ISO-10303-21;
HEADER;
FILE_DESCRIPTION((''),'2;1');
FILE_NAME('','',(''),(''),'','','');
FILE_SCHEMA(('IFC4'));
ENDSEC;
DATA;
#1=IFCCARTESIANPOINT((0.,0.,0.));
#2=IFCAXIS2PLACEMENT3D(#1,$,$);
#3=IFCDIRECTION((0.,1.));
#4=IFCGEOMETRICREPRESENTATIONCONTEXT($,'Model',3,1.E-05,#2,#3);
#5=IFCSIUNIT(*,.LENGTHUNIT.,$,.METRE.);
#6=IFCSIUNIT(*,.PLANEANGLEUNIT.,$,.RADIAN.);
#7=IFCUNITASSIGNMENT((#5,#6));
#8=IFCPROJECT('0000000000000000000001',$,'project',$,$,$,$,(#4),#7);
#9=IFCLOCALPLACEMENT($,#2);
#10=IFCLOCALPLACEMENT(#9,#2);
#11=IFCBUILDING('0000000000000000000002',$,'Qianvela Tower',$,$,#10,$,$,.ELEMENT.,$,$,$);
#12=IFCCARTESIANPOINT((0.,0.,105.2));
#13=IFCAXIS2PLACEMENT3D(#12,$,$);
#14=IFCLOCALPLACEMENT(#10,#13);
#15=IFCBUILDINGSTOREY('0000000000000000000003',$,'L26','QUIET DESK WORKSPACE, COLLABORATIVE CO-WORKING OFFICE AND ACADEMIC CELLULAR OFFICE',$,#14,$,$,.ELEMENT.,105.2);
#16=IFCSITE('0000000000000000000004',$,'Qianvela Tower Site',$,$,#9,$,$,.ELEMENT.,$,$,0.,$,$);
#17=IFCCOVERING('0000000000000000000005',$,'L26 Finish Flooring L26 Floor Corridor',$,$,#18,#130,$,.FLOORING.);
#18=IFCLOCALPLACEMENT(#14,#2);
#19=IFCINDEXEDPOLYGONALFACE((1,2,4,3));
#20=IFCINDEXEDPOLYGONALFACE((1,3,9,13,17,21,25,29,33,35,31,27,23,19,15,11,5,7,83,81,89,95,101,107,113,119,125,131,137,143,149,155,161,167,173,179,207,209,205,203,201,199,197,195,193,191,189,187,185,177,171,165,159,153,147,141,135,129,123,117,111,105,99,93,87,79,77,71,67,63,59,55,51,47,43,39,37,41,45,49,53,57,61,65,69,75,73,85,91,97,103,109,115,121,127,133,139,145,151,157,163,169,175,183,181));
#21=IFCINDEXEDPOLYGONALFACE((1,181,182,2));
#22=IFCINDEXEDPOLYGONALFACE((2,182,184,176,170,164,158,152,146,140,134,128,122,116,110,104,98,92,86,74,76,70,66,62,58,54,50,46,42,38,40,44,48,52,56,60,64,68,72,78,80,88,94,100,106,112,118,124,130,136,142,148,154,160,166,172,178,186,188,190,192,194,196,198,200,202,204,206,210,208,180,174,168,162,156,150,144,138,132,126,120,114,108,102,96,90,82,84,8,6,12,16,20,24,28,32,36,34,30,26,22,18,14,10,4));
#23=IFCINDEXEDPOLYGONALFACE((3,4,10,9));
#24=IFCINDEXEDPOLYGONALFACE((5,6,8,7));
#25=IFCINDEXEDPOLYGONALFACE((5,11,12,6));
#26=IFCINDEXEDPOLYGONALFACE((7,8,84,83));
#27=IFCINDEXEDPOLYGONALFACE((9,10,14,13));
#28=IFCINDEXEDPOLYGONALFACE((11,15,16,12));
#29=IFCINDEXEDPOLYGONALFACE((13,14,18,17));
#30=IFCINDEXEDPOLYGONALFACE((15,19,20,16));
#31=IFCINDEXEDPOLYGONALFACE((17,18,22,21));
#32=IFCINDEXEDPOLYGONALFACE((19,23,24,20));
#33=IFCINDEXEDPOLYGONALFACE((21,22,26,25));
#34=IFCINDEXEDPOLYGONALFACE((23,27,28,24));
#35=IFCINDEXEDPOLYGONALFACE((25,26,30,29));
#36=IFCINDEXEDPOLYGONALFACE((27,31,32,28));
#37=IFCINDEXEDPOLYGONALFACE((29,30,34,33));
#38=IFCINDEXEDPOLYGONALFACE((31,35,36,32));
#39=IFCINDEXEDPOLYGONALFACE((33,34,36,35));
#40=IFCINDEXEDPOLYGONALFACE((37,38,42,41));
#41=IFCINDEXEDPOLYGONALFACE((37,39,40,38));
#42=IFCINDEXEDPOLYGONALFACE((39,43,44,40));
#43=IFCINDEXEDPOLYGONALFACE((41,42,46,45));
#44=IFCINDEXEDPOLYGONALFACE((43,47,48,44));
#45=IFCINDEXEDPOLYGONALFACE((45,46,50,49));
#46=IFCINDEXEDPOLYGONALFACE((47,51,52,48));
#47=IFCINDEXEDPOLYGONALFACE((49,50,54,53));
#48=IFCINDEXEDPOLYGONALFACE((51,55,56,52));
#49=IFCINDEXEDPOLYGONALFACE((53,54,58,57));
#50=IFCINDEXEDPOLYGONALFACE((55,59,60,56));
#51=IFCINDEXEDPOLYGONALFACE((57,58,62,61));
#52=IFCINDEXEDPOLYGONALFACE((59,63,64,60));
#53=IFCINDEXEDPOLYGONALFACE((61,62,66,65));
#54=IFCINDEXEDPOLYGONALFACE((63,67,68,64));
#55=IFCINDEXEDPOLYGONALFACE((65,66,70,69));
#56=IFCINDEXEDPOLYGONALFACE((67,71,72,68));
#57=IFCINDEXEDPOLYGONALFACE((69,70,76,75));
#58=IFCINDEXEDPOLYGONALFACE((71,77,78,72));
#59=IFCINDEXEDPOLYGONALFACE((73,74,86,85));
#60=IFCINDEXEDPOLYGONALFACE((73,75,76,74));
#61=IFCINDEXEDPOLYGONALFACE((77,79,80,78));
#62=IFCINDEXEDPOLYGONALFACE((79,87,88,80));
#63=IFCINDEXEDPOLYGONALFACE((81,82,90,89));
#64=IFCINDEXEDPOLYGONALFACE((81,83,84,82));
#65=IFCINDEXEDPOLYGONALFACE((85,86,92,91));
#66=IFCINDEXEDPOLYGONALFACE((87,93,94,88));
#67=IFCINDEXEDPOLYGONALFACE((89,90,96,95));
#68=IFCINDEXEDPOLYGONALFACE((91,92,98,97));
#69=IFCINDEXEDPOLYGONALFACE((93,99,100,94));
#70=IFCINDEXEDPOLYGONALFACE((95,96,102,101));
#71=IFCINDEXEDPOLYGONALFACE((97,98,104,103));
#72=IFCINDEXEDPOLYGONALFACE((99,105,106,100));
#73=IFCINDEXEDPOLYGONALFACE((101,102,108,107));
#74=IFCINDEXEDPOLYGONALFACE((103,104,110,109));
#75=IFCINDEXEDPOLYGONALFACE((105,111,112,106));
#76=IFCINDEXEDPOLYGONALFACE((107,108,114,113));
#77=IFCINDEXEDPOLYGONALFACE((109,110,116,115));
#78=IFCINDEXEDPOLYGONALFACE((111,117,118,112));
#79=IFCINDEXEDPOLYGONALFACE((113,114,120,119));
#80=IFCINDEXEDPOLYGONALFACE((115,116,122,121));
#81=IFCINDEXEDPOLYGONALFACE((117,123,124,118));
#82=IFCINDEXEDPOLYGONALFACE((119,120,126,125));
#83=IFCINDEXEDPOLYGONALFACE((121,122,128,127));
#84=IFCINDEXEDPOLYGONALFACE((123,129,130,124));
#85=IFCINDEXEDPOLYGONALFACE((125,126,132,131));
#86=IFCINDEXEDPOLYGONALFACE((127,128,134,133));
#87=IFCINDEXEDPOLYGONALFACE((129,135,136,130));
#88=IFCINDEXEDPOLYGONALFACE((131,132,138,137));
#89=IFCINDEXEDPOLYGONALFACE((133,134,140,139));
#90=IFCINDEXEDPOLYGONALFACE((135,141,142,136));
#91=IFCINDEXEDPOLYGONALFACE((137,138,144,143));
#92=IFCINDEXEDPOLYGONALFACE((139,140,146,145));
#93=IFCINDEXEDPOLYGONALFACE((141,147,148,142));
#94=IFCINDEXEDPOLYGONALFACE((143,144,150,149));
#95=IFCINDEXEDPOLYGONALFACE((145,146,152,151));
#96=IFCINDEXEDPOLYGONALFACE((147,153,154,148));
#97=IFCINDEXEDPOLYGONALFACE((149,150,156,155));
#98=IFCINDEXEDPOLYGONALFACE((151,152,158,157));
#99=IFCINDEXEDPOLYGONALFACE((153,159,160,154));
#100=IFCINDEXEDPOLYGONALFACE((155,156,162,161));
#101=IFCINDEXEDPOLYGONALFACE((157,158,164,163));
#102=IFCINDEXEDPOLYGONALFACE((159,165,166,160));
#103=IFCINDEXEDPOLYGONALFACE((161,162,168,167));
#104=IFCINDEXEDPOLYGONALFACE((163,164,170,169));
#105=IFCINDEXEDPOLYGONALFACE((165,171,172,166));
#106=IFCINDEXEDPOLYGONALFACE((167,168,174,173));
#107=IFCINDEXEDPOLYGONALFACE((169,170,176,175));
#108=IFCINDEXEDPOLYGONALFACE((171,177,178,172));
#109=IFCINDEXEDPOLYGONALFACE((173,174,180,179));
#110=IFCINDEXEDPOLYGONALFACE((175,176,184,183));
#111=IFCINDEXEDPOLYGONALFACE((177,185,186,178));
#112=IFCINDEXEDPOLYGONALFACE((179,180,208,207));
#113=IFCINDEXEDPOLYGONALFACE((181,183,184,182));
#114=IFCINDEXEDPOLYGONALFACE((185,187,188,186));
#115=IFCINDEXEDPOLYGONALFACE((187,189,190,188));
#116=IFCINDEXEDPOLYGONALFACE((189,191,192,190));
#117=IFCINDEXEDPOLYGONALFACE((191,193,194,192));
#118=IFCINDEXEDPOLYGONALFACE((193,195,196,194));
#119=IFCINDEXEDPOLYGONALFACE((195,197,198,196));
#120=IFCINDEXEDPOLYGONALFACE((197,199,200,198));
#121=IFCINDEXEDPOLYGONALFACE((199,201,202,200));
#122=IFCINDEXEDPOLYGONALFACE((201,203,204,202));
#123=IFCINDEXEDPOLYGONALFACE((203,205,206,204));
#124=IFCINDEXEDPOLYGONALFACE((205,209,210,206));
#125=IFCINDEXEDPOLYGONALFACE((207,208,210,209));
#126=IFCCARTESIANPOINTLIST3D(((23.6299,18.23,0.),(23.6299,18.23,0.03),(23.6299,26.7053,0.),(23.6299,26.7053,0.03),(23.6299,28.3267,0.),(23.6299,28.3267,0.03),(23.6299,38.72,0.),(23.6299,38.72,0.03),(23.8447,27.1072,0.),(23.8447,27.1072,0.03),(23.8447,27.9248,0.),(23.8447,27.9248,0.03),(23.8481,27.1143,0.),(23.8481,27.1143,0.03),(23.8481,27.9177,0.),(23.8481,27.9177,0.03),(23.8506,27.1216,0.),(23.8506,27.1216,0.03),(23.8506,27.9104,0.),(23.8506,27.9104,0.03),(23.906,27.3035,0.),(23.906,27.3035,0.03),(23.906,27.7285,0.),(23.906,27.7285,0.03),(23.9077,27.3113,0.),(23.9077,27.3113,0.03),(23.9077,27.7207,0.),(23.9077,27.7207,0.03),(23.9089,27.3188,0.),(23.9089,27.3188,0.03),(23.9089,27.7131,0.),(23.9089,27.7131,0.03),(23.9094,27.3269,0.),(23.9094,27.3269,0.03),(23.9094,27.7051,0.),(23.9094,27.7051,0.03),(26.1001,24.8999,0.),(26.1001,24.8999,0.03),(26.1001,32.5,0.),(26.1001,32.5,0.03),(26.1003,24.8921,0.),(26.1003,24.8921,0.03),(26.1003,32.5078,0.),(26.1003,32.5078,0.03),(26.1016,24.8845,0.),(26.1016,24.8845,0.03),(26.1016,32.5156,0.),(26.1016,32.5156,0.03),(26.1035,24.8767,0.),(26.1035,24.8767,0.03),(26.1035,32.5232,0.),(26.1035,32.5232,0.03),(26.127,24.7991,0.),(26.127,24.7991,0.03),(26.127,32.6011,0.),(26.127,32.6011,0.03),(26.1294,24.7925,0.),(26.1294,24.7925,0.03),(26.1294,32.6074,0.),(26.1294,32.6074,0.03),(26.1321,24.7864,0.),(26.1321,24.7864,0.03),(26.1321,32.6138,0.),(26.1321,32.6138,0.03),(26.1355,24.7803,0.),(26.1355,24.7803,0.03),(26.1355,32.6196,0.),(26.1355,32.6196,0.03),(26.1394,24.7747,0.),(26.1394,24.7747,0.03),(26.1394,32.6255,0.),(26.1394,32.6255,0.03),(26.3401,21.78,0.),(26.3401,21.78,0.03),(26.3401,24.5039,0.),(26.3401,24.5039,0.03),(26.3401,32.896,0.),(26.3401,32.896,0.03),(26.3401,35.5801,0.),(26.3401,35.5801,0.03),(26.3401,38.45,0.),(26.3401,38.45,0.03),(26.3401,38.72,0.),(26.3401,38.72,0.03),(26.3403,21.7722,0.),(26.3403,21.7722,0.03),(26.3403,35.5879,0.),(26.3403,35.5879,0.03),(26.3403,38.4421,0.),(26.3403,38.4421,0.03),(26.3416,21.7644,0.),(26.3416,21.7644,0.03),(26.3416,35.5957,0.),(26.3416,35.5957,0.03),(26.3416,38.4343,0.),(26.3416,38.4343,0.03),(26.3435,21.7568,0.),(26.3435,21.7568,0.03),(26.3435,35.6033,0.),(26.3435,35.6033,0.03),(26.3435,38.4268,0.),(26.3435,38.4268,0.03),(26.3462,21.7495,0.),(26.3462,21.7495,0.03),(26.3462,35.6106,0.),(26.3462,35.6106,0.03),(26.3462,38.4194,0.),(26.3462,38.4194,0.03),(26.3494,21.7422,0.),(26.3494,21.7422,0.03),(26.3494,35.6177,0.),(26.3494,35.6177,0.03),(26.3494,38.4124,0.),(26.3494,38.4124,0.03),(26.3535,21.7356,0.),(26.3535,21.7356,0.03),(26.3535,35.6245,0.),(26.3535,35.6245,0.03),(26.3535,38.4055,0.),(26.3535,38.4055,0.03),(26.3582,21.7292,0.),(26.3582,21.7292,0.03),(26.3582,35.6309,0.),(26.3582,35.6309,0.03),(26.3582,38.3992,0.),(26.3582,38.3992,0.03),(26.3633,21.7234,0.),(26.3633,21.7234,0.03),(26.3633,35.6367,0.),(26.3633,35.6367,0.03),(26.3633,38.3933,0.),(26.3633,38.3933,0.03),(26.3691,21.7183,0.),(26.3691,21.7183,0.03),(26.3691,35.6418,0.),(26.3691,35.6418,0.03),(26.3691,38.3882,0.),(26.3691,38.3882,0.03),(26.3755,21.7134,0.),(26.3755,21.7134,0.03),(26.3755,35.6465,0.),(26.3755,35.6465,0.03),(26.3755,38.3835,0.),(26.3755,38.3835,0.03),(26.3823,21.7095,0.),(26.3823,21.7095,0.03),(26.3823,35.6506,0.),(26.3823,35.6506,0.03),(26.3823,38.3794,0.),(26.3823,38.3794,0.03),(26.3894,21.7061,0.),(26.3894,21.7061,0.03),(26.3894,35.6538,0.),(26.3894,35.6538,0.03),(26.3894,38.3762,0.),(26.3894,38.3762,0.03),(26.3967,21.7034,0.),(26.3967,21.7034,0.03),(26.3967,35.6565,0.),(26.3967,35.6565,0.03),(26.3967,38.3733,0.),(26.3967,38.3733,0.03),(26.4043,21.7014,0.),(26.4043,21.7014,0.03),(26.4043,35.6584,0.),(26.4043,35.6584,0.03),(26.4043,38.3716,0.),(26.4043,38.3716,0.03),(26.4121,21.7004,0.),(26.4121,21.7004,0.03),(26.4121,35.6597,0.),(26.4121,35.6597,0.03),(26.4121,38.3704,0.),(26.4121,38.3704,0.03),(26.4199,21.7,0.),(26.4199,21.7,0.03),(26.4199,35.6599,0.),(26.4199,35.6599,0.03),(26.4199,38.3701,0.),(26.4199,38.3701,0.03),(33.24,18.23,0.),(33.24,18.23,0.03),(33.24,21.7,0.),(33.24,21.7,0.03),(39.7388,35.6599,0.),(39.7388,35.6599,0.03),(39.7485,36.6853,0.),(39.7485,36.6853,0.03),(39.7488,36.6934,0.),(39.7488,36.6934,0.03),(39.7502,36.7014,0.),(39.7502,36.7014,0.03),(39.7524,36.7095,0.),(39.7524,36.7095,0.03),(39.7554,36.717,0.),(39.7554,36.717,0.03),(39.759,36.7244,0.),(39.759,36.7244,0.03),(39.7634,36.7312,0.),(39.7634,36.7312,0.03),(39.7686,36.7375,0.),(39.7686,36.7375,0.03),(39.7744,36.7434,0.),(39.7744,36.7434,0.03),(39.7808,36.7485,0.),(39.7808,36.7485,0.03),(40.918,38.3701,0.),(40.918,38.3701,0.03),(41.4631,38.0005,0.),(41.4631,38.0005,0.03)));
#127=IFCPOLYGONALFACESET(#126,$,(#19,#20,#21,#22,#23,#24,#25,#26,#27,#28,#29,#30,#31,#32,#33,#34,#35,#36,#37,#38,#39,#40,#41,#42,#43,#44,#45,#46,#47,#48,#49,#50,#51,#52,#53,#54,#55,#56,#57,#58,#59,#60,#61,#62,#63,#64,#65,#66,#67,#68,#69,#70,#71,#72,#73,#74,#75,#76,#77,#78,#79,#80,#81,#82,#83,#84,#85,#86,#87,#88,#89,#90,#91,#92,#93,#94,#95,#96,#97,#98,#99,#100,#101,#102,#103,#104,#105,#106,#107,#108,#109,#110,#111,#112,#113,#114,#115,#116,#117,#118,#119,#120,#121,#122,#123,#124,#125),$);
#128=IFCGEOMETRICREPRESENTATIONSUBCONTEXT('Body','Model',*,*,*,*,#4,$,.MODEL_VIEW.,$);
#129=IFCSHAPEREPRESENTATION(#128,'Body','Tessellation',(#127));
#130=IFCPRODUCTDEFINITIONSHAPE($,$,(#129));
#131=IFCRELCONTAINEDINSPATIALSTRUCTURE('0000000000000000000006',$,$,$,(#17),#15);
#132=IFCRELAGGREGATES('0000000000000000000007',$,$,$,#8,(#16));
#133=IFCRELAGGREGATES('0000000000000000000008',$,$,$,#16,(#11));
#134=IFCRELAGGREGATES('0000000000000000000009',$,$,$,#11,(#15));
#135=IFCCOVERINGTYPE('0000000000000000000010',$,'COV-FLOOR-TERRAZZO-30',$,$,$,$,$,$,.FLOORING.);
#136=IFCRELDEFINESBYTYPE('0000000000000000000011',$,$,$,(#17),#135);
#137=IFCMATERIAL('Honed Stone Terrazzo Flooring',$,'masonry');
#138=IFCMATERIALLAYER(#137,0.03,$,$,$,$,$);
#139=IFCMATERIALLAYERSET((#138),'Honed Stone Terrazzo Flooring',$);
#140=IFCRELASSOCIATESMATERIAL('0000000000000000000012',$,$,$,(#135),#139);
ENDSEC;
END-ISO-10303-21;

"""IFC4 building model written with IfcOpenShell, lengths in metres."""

from ifc_helpers import new_model, si_unit, direction, frame, origin, place, context, subcontext, project, spatial, polyline, outline, extrude, material, layer, layer_set, type_object, element, save


model = new_model("IFC4")

# Units and contexts
model_context = context("Model", 3, precision=1e-05, world=origin(), true_north=direction((0.0, 1.0)))
body_context = subcontext(model_context, "Body", "Model", "MODEL_VIEW")
ifc_project = project(units=[si_unit("LENGTHUNIT", "METRE"), si_unit("PLANEANGLEUNIT", "RADIAN")], contexts=[model_context])

# Site, building, storey
site_placement = place(None, origin())
site = spatial("IfcSite", under=ifc_project, at=site_placement, Name="Qianvela Tower Site", CompositionType="ELEMENT", RefElevation=0.0)
building_placement = place(site_placement, origin())
building = spatial("IfcBuilding", under=site, at=building_placement, Name="Qianvela Tower", CompositionType="ELEMENT")
storey_placement = place(building_placement, frame((0.0, 0.0, 105.2)))
storey = spatial("IfcBuildingStorey", under=building, at=storey_placement, Name="L26", Description="QUIET DESK WORKSPACE, COLLABORATIVE CO-WORKING OFFICE AND ACADEMIC CELLULAR OFFICE", CompositionType="ELEMENT", Elevation=105.2)

# Covering
ifc_material_1 = material(Name="Honed Stone Terrazzo Flooring", Category="masonry")
ifc_layer_1 = layer(ifc_material_1, 0.03)
ifc_layer_set_1 = layer_set([ifc_layer_1], Name="Honed Stone Terrazzo Flooring")
covering_type_1 = type_object("IfcCoveringType", Name="COV-FLOOR-TERRAZZO-30", PredefinedType="FLOORING", material=ifc_layer_set_1)
covering_1_placement = place(storey_placement, origin())
element("IfcCovering", 1, at=covering_1_placement, inside=storey, type_object=covering_type_1, Name="L26 Finish Flooring L26 Floor Corridor", PredefinedType="FLOORING", context=body_context, shape_type="SweptSolid", body=[
    extrude(outline(polyline([(23.8506, 27.9104), (23.8481, 27.9177), (23.8447, 27.9248), (23.6299, 28.3267), (23.6299, 38.72), (26.3401, 38.72), (26.3401, 38.45), (26.3403, 38.4421), (26.3416, 38.4343), (26.3435, 38.4268), (26.3462, 38.4194), (26.3494, 38.4124), (26.3535, 38.4055), (26.3582, 38.3992), (26.3633, 38.3933), (26.3691, 38.3882), (26.3755, 38.3835), (26.3823, 38.3794), (26.3894, 38.3762), (26.3967, 38.3733), (26.4043, 38.3716), (26.4121, 38.3704), (26.4199, 38.3701), (40.918, 38.3701), (41.4631, 38.0005), (39.7808, 36.7485), (39.7744, 36.7434), (39.7686, 36.7375), (39.7634, 36.7312), (39.759, 36.7244), (39.7554, 36.717), (39.7524, 36.7095), (39.7502, 36.7014), (39.7488, 36.6934), (39.7485, 36.6853), (39.7388, 35.6599), (26.4199, 35.6599), (26.4121, 35.6597), (26.4043, 35.6584), (26.3967, 35.6565), (26.3894, 35.6538), (26.3823, 35.6506), (26.3755, 35.6465), (26.3691, 35.6418), (26.3633, 35.6367), (26.3582, 35.6309), (26.3535, 35.6245), (26.3494, 35.6177), (26.3462, 35.6106), (26.3435, 35.6033), (26.3416, 35.5957), (26.3403, 35.5879), (26.3401, 35.5801), (26.3401, 32.896), (26.1394, 32.6255), (26.1355, 32.6196), (26.1321, 32.6138), (26.1294, 32.6074), (26.127, 32.6011), (26.1035, 32.5232), (26.1016, 32.5156), (26.1003, 32.5078), (26.1001, 32.5), (26.1001, 24.8999), (26.1003, 24.8921), (26.1016, 24.8845), (26.1035, 24.8767), (26.127, 24.7991), (26.1294, 24.7925), (26.1321, 24.7864), (26.1355, 24.7803), (26.1394, 24.7747), (26.3401, 24.5039), (26.3401, 21.78), (26.3403, 21.7722), (26.3416, 21.7644), (26.3435, 21.7568), (26.3462, 21.7495), (26.3494, 21.7422), (26.3535, 21.7356), (26.3582, 21.7292), (26.3633, 21.7234), (26.3691, 21.7183), (26.3755, 21.7134), (26.3823, 21.7095), (26.3894, 21.7061), (26.3967, 21.7034), (26.4043, 21.7014), (26.4121, 21.7004), (26.4199, 21.7), (33.24, 21.7), (33.24, 18.23), (23.6299, 18.23), (23.6299, 26.7053), (23.8447, 27.1072), (23.8481, 27.1143), (23.8506, 27.1216), (23.906, 27.3035), (23.9077, 27.3113), (23.9089, 27.3188), (23.9094, 27.3269), (23.9094, 27.7051), (23.9089, 27.7131), (23.9077, 27.7207), (23.906, 27.7285), (23.8506, 27.9104)])), origin(), (0.0, 0.0, 1.0), 0.03),
])

save(model, "model.ifc")
